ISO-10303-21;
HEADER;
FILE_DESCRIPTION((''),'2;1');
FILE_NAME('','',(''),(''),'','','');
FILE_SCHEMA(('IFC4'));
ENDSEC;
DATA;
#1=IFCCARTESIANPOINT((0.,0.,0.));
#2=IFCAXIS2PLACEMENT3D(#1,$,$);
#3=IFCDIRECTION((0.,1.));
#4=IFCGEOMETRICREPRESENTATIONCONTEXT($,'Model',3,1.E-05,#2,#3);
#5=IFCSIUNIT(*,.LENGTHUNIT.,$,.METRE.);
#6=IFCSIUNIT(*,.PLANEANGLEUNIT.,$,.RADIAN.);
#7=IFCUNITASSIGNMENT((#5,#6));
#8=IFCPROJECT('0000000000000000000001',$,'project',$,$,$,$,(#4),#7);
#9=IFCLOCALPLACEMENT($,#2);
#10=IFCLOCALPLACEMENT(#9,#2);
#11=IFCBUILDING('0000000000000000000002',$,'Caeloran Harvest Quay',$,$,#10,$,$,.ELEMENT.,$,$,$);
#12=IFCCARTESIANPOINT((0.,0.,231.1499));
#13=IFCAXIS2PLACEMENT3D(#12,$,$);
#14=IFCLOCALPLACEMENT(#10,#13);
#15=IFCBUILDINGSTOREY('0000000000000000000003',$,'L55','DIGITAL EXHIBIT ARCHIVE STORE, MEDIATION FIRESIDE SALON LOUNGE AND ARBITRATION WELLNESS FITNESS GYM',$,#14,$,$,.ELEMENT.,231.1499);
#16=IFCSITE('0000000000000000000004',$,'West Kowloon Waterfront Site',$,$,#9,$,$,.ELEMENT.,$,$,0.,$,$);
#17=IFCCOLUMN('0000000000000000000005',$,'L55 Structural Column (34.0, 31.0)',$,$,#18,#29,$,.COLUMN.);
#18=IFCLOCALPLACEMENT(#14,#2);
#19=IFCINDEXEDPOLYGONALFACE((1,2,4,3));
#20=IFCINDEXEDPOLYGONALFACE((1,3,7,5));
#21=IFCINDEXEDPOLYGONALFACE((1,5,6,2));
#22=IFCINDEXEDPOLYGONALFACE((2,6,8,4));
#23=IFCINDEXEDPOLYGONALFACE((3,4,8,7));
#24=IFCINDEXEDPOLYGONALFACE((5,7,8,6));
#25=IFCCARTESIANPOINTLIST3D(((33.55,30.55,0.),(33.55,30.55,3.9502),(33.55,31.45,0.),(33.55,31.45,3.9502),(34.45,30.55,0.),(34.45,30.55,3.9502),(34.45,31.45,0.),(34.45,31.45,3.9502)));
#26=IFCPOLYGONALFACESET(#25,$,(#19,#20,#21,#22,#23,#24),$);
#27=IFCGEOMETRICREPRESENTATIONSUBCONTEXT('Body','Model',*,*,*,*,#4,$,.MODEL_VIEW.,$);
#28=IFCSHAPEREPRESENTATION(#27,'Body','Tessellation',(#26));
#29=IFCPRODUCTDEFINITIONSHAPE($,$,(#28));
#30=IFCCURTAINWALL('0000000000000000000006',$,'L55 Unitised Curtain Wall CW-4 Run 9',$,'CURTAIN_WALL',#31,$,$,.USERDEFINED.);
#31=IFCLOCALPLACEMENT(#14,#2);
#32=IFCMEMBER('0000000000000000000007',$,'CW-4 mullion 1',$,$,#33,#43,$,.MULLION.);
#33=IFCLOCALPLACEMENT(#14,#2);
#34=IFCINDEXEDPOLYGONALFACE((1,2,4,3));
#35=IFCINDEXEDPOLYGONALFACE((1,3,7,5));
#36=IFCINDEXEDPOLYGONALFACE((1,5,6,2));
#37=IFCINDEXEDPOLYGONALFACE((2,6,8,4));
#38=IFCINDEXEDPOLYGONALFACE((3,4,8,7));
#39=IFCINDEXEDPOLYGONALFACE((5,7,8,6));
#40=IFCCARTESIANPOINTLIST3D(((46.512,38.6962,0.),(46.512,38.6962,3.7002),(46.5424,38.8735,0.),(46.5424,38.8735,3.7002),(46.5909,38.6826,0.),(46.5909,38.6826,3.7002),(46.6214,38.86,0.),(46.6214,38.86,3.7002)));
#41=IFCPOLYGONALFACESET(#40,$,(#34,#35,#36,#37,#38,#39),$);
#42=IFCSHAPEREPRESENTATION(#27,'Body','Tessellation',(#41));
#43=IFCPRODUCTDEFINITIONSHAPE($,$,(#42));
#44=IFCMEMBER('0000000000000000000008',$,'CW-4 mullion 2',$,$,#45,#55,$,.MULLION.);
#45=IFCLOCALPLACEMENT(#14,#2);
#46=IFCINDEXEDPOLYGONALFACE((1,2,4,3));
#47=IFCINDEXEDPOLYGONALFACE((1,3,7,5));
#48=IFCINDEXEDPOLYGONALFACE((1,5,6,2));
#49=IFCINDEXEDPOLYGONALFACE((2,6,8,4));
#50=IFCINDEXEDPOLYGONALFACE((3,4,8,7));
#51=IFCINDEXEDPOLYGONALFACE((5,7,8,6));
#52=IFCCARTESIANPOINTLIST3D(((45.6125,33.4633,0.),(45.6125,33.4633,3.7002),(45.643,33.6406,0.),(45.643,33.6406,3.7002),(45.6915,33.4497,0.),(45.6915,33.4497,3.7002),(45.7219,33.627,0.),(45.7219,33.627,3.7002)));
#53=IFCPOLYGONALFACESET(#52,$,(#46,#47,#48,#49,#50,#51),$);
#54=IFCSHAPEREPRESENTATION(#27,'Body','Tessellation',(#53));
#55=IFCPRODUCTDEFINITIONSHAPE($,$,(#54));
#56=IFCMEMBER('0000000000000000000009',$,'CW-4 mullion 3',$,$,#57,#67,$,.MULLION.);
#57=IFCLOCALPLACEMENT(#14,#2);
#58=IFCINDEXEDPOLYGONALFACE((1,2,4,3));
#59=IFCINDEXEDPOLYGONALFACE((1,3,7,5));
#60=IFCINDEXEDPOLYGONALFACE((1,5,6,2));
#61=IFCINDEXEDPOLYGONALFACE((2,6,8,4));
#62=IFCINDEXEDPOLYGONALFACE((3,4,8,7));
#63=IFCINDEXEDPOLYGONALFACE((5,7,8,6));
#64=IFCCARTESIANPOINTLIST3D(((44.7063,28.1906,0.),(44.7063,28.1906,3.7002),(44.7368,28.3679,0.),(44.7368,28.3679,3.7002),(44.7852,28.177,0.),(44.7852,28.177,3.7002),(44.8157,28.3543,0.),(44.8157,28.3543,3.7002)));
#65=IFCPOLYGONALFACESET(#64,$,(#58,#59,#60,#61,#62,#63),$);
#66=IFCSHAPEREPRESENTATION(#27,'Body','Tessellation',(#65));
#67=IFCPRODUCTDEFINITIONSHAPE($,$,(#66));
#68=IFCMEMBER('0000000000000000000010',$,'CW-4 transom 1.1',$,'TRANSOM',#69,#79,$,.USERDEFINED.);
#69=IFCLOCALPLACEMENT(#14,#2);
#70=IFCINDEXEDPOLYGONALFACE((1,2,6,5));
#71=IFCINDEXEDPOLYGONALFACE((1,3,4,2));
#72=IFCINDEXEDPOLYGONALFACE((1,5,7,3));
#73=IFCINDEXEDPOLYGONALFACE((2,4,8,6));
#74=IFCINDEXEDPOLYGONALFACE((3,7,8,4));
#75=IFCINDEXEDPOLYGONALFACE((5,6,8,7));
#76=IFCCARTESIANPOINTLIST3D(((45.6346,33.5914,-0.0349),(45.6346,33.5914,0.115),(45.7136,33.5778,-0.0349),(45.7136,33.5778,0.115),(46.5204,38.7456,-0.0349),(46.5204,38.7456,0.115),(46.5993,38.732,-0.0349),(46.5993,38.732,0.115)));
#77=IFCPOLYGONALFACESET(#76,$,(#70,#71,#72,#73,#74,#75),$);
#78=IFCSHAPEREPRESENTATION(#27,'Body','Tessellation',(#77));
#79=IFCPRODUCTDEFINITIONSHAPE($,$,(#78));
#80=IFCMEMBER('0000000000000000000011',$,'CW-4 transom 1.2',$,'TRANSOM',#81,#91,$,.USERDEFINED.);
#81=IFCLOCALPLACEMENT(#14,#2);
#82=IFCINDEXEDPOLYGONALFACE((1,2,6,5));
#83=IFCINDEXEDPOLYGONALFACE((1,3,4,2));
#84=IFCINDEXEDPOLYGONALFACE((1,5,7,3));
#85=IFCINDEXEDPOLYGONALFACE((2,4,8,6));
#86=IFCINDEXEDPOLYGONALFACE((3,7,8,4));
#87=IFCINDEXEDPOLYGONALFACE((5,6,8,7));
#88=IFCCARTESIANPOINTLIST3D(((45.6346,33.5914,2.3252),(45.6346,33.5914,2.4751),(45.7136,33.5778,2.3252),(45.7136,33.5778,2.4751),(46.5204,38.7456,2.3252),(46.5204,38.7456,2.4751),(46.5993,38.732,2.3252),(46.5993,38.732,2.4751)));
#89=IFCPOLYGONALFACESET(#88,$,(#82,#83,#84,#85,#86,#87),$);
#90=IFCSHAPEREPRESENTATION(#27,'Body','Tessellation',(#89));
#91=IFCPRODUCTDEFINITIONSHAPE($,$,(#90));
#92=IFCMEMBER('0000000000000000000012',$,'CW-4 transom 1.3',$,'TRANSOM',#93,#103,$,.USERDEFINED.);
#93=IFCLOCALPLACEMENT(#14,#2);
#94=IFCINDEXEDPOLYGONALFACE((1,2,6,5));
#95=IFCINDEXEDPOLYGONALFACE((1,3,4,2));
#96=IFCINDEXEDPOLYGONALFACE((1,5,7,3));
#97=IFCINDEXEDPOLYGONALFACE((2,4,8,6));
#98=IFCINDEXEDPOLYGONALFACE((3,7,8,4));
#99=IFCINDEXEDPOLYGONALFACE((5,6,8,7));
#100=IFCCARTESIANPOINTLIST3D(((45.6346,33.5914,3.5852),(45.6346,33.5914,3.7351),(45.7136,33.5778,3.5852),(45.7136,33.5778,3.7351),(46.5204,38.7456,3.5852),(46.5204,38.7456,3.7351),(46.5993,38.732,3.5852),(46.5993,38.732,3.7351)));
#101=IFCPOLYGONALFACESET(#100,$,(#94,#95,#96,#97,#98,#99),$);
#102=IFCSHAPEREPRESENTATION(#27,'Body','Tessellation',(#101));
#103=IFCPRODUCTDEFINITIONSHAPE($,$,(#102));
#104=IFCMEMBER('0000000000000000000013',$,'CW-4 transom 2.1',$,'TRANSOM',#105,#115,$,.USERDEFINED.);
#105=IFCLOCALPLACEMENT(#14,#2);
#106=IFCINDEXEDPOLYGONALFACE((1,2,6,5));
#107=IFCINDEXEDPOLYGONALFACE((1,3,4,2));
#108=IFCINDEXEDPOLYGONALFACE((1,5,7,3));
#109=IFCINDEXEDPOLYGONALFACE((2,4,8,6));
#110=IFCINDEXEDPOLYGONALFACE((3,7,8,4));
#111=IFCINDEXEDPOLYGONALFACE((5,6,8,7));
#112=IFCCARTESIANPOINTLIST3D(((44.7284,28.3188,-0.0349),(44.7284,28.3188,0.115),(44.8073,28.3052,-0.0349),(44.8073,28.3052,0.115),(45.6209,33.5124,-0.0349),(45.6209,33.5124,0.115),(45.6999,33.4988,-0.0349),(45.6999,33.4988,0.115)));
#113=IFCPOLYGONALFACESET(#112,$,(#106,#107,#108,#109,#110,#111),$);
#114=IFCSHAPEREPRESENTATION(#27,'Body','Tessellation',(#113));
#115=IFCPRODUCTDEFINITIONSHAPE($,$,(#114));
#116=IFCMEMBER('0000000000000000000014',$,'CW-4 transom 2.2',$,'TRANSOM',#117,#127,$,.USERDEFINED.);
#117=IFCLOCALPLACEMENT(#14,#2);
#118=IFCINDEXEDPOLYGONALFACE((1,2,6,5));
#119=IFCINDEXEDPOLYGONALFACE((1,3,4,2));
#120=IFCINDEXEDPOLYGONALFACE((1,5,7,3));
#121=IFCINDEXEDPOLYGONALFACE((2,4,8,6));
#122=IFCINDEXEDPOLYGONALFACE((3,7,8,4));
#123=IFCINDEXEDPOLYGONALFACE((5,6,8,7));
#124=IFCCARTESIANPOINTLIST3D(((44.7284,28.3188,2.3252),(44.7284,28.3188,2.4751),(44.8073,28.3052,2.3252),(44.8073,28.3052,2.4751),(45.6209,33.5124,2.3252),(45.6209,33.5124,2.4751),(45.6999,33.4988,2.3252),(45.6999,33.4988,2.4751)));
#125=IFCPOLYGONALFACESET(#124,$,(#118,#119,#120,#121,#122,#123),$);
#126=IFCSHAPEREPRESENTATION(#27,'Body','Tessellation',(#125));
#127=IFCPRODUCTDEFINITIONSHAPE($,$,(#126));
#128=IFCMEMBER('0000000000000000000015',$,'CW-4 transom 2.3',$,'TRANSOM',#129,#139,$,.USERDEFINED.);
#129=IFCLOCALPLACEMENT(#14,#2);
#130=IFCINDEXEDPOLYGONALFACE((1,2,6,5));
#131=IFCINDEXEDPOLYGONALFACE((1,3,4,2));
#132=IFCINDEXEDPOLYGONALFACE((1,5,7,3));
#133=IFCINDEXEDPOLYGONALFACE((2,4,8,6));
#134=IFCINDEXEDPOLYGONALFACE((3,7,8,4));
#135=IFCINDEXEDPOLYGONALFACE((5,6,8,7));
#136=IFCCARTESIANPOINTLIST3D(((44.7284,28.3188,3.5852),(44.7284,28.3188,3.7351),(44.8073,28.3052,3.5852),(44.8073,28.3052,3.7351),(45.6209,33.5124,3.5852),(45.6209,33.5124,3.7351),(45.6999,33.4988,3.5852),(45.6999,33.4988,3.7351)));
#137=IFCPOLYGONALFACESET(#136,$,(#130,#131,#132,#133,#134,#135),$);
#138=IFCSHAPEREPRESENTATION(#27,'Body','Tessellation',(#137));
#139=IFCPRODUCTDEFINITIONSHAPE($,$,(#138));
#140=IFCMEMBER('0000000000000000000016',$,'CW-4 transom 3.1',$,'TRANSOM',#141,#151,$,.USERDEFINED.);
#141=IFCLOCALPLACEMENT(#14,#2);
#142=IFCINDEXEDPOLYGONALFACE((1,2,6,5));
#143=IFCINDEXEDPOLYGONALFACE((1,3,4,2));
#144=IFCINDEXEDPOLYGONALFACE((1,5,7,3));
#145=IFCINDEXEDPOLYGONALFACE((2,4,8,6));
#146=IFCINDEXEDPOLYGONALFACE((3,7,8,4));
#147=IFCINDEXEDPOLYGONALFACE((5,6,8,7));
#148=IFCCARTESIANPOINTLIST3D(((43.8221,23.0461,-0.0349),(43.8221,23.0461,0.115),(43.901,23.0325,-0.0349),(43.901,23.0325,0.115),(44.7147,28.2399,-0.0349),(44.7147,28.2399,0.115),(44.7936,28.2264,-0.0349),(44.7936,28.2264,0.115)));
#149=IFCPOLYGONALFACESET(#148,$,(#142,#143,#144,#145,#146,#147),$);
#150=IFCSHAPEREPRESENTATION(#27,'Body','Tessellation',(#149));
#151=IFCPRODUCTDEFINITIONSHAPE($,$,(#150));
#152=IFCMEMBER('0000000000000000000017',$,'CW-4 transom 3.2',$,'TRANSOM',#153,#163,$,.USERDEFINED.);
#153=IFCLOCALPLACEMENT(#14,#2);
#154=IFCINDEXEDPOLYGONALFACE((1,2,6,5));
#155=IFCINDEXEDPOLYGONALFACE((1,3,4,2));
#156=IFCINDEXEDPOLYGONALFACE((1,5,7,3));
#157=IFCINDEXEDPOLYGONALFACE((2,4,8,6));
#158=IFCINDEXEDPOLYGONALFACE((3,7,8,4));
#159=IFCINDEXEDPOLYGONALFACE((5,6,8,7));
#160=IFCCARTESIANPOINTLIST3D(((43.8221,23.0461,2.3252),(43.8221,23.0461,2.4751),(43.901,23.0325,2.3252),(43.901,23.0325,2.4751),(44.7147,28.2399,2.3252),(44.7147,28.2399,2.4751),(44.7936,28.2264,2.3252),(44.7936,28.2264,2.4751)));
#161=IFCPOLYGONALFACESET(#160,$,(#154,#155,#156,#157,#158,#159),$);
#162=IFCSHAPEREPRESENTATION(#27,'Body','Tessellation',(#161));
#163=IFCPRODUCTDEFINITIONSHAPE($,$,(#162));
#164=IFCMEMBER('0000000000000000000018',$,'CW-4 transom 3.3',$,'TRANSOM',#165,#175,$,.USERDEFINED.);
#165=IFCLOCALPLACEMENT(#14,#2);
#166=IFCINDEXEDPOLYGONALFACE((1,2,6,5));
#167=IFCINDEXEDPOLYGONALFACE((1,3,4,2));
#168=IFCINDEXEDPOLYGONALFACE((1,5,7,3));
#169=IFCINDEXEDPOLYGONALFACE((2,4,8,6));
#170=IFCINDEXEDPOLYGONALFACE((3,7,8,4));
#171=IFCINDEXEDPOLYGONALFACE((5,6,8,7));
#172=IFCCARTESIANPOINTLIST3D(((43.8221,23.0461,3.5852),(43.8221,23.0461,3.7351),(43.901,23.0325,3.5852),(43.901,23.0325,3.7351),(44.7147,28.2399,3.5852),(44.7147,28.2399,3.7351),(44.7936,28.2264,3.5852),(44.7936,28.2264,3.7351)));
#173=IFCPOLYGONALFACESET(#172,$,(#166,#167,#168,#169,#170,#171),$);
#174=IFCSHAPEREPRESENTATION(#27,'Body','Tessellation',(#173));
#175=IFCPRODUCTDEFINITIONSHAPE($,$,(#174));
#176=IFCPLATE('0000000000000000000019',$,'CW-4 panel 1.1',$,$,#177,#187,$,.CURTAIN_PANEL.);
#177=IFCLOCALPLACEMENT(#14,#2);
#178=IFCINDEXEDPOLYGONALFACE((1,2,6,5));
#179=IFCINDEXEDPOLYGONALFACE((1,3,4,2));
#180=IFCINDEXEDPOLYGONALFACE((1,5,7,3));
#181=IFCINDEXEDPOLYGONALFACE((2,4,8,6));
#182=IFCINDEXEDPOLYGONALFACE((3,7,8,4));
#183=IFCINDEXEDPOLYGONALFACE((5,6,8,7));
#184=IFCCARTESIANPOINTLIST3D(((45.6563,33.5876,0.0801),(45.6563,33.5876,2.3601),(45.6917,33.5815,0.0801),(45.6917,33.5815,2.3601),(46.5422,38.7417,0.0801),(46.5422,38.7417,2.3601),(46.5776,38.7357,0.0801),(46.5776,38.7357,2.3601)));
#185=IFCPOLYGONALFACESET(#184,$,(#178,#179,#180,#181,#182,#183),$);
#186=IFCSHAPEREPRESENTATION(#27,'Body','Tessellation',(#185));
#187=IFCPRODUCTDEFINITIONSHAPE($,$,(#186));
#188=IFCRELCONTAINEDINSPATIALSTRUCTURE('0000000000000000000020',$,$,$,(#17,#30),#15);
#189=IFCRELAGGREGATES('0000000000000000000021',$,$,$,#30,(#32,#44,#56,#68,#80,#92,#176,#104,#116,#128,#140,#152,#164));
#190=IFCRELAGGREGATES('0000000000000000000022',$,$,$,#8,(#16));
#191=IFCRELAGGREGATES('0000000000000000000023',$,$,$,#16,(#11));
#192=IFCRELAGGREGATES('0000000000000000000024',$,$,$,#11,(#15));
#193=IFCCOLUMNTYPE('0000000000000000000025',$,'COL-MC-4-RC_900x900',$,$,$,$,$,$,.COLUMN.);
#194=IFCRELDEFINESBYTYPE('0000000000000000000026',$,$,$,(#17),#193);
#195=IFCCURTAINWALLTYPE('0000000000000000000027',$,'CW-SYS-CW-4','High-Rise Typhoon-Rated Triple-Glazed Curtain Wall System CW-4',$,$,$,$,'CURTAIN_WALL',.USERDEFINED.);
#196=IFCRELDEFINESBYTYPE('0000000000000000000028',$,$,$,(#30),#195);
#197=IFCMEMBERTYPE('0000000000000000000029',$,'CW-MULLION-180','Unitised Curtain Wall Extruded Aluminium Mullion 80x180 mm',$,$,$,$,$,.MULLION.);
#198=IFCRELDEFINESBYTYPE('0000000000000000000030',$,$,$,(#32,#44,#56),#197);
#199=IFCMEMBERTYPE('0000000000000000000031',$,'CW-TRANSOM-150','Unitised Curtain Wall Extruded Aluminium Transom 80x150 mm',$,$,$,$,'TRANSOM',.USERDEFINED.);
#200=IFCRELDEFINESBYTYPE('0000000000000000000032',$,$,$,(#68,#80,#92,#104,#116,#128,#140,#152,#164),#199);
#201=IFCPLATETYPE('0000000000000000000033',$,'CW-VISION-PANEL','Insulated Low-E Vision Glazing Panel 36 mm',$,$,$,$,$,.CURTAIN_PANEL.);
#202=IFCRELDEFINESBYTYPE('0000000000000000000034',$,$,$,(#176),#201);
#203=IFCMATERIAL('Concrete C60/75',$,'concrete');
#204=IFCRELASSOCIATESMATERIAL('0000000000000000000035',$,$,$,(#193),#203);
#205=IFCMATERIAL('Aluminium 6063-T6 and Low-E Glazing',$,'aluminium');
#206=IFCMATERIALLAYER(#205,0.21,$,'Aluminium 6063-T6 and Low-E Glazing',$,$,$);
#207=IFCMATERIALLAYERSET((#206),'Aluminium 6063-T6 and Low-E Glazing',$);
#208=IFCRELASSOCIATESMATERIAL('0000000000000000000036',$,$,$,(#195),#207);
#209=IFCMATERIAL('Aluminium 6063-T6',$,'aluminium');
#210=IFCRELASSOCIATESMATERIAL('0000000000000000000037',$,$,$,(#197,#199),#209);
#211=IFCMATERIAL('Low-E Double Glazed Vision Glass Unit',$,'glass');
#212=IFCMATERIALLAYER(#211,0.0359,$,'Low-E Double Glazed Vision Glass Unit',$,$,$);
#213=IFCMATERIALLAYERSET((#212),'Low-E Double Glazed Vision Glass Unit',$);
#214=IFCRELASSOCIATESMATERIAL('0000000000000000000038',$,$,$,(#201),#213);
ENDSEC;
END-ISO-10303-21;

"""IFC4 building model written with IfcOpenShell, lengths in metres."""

from ifc_helpers import new_model, si_unit, direction, frame, origin, origin_2d, place, context, subcontext, project, spatial, rectangle, extrude, material, layer, layer_set, material_profile, profile_set, type_object, element, aggregate, save


model = new_model("IFC4")

# Units and contexts
model_context = context("Model", 3, precision=1e-05, world=origin(), true_north=direction((0.0, 1.0)))
body_context = subcontext(model_context, "Body", "Model", "MODEL_VIEW")
ifc_project = project(units=[si_unit("LENGTHUNIT", "METRE"), si_unit("PLANEANGLEUNIT", "RADIAN")], contexts=[model_context])

# Site, building, storey
site_placement = place(None, origin())
site = spatial("IfcSite", under=ifc_project, at=site_placement, Name="West Kowloon Waterfront Site", CompositionType="ELEMENT", RefElevation=0.0)
building_placement = place(site_placement, origin())
building = spatial("IfcBuilding", under=site, at=building_placement, Name="Caeloran Harvest Quay", CompositionType="ELEMENT")
storey_placement = place(building_placement, frame((0.0, 0.0, 231.1499)))
storey = spatial("IfcBuildingStorey", under=building, at=storey_placement, Name="L55", Description="DIGITAL EXHIBIT ARCHIVE STORE, MEDIATION FIRESIDE SALON LOUNGE AND ARBITRATION WELLNESS FITNESS GYM", CompositionType="ELEMENT", Elevation=231.1499)

# Column
ifc_material_1 = material(Name="Concrete C60/75", Category="concrete")
ifc_material_profile_1 = material_profile(ifc_material_1, rectangle(XDim=0.8999, YDim=0.8999, at=origin_2d()), Name="RC 900x900")
ifc_profile_set_1 = profile_set([ifc_material_profile_1], Name="Concrete C60/75")
column_type = type_object("IfcColumnType", Name="COL-MC-4-RC_900x900", PredefinedType="COLUMN", material=ifc_profile_set_1)
column_placement = place(storey_placement, frame((34.0, 31.0, 0.0), z_axis=(0.0, 0.0, 1.0), x_axis=(1.0, 0.0, 0.0)))
element("IfcColumn", 1, at=column_placement, inside=storey, type_object=column_type, Name="L55 Structural Column (34.0, 31.0)", PredefinedType="COLUMN", context=body_context, shape_type="SweptSolid", body=[
    extrude(rectangle(XDim=0.8999, YDim=0.8999, at=origin_2d()), origin(), (0.0, 0.0, 1.0), 3.9502),
])

# Curtain wall, members, plate
ifc_material_2 = material(Name="Aluminium 6063-T6 and Low-E Glazing", Category="aluminium")
ifc_layer_1 = layer(ifc_material_2, 0.21, Name="Aluminium 6063-T6 and Low-E Glazing")
ifc_layer_set_1 = layer_set([ifc_layer_1], Name="Aluminium 6063-T6 and Low-E Glazing")
curtain_wall_type = type_object("IfcCurtainWallType", Name="CW-SYS-CW-4", Description="High-Rise Typhoon-Rated Triple-Glazed Curtain Wall System CW-4", ElementType="CURTAIN_WALL", PredefinedType="USERDEFINED", material=ifc_layer_set_1)
curtain_wall_placement = place(storey_placement, origin())
curtain_wall = element("IfcCurtainWall", 2, at=curtain_wall_placement, inside=storey, type_object=curtain_wall_type, Name="L55 Unitised Curtain Wall CW-4 Run 9", ObjectType="CURTAIN_WALL", PredefinedType="USERDEFINED")
ifc_material_3 = material(Name="Aluminium 6063-T6", Category="aluminium")
ifc_material_profile_2 = material_profile(ifc_material_3, rectangle(XDim=0.0801, YDim=0.1799, at=origin_2d()), Name="CW-MULLION-180")
ifc_profile_set_2 = profile_set([ifc_material_profile_2], Name="Aluminium 6063-T6")
member_type_1 = type_object("IfcMemberType", Name="CW-MULLION-180", Description="Unitised Curtain Wall Extruded Aluminium Mullion 80x180 mm", PredefinedType="MULLION", material=ifc_profile_set_2)
member_1_placement = place(storey_placement, frame((46.5667, 38.7781, 0.0), z_axis=(0.0, 0.0, 1.0), x_axis=(0.985549, -0.169391, 0.0)))
member_1 = element("IfcMember", 3, at=member_1_placement, type_object=member_type_1, Name="CW-4 mullion 1", PredefinedType="MULLION", context=body_context, shape_type="SweptSolid", body=[
    extrude(rectangle(XDim=0.0801, YDim=0.1799, at=origin_2d()), origin(), (0.0, 0.0, 1.0), 3.7002),
])
member_2_placement = place(storey_placement, frame((45.6672, 33.5452, 0.0), z_axis=(0.0, 0.0, 1.0), x_axis=(0.985549, -0.169391, 0.0)))
member_2 = element("IfcMember", 4, at=member_2_placement, type_object=member_type_1, Name="CW-4 mullion 2", PredefinedType="MULLION", context=body_context, shape_type="SweptSolid", body=[
    extrude(rectangle(XDim=0.0801, YDim=0.1799, at=origin_2d()), origin(), (0.0, 0.0, 1.0), 3.7002),
])
member_3_placement = place(storey_placement, frame((44.761, 28.2725, 0.0), z_axis=(0.0, 0.0, 1.0), x_axis=(0.985549, -0.169391, 0.0)))
member_3 = element("IfcMember", 5, at=member_3_placement, type_object=member_type_1, Name="CW-4 mullion 3", PredefinedType="MULLION", context=body_context, shape_type="SweptSolid", body=[
    extrude(rectangle(XDim=0.0801, YDim=0.1799, at=origin_2d()), origin(), (0.0, 0.0, 1.0), 3.7002),
])
ifc_material_profile_3 = material_profile(ifc_material_3, rectangle(XDim=0.0801, YDim=0.1499, at=origin_2d()), Name="CW-TRANSOM-150")
ifc_profile_set_3 = profile_set([ifc_material_profile_3], Name="Aluminium 6063-T6")
member_type_2 = type_object("IfcMemberType", Name="CW-TRANSOM-150", Description="Unitised Curtain Wall Extruded Aluminium Transom 80x150 mm", ElementType="TRANSOM", PredefinedType="USERDEFINED", material=ifc_profile_set_3)
member_4_placement = place(storey_placement, frame((46.5598, 38.7388, 0.04), z_axis=(-0.169363, -0.985554, 0.0), x_axis=(0.985554, -0.169363, 0.0)))
member_4 = element("IfcMember", 6, at=member_4_placement, type_object=member_type_2, Name="CW-4 transom 1.1", ObjectType="TRANSOM", PredefinedType="USERDEFINED", context=body_context, shape_type="SweptSolid", body=[
    extrude(rectangle(XDim=0.0801, YDim=0.1499, at=origin_2d()), origin(), (0.0, 0.0, 1.0), 5.2297),
])
member_5_placement = place(storey_placement, frame((46.5598, 38.7388, 2.4001), z_axis=(-0.169363, -0.985554, 0.0), x_axis=(0.985554, -0.169363, 0.0)))
member_5 = element("IfcMember", 7, at=member_5_placement, type_object=member_type_2, Name="CW-4 transom 1.2", ObjectType="TRANSOM", PredefinedType="USERDEFINED", context=body_context, shape_type="SweptSolid", body=[
    extrude(rectangle(XDim=0.0801, YDim=0.1499, at=origin_2d()), origin(), (0.0, 0.0, 1.0), 5.2297),
])
member_6_placement = place(storey_placement, frame((46.5598, 38.7388, 3.6602), z_axis=(-0.169363, -0.985554, 0.0), x_axis=(0.985554, -0.169363, 0.0)))
member_6 = element("IfcMember", 8, at=member_6_placement, type_object=member_type_2, Name="CW-4 transom 1.3", ObjectType="TRANSOM", PredefinedType="USERDEFINED", context=body_context, shape_type="SweptSolid", body=[
    extrude(rectangle(XDim=0.0801, YDim=0.1499, at=origin_2d()), origin(), (0.0, 0.0, 1.0), 5.2297),
])
member_7_placement = place(storey_placement, frame((45.6604, 33.5056, 0.04), z_axis=(-0.169378, -0.985551, 0.0), x_axis=(0.985551, -0.169378, 0.0)))
member_7 = element("IfcMember", 9, at=member_7_placement, type_object=member_type_2, Name="CW-4 transom 2.1", ObjectType="TRANSOM", PredefinedType="USERDEFINED", context=body_context, shape_type="SweptSolid", body=[
    extrude(rectangle(XDim=0.0801, YDim=0.1499, at=origin_2d()), origin(), (0.0, 0.0, 1.0), 5.2698),
])
member_8_placement = place(storey_placement, frame((45.6604, 33.5056, 2.4001), z_axis=(-0.169378, -0.985551, 0.0), x_axis=(0.985551, -0.169378, 0.0)))
member_8 = element("IfcMember", 10, at=member_8_placement, type_object=member_type_2, Name="CW-4 transom 2.2", ObjectType="TRANSOM", PredefinedType="USERDEFINED", context=body_context, shape_type="SweptSolid", body=[
    extrude(rectangle(XDim=0.0801, YDim=0.1499, at=origin_2d()), origin(), (0.0, 0.0, 1.0), 5.2698),
])
member_9_placement = place(storey_placement, frame((45.6604, 33.5056, 3.6602), z_axis=(-0.169378, -0.985551, 0.0), x_axis=(0.985551, -0.169378, 0.0)))
member_9 = element("IfcMember", 11, at=member_9_placement, type_object=member_type_2, Name="CW-4 transom 2.3", ObjectType="TRANSOM", PredefinedType="USERDEFINED", context=body_context, shape_type="SweptSolid", body=[
    extrude(rectangle(XDim=0.0801, YDim=0.1499, at=origin_2d()), origin(), (0.0, 0.0, 1.0), 5.2698),
])
member_10_placement = place(storey_placement, frame((44.7542, 28.2332, 0.04), z_axis=(-0.16937, -0.985553, 0.0), x_axis=(0.985553, -0.16937, 0.0)))
member_10 = element("IfcMember", 12, at=member_10_placement, type_object=member_type_2, Name="CW-4 transom 3.1", ObjectType="TRANSOM", PredefinedType="USERDEFINED", context=body_context, shape_type="SweptSolid", body=[
    extrude(rectangle(XDim=0.0801, YDim=0.1499, at=origin_2d()), origin(), (0.0, 0.0, 1.0), 5.27),
])
member_11_placement = place(storey_placement, frame((44.7542, 28.2332, 2.4001), z_axis=(-0.16937, -0.985553, 0.0), x_axis=(0.985553, -0.16937, 0.0)))
member_11 = element("IfcMember", 13, at=member_11_placement, type_object=member_type_2, Name="CW-4 transom 3.2", ObjectType="TRANSOM", PredefinedType="USERDEFINED", context=body_context, shape_type="SweptSolid", body=[
    extrude(rectangle(XDim=0.0801, YDim=0.1499, at=origin_2d()), origin(), (0.0, 0.0, 1.0), 5.27),
])
member_12_placement = place(storey_placement, frame((44.7542, 28.2332, 3.6602), z_axis=(-0.16937, -0.985553, 0.0), x_axis=(0.985553, -0.16937, 0.0)))
member_12 = element("IfcMember", 14, at=member_12_placement, type_object=member_type_2, Name="CW-4 transom 3.3", ObjectType="TRANSOM", PredefinedType="USERDEFINED", context=body_context, shape_type="SweptSolid", body=[
    extrude(rectangle(XDim=0.0801, YDim=0.1499, at=origin_2d()), origin(), (0.0, 0.0, 1.0), 5.27),
])
ifc_material_4 = material(Name="Low-E Double Glazed Vision Glass Unit", Category="glass")
ifc_layer_2 = layer(ifc_material_4, 0.0359, Name="Low-E Double Glazed Vision Glass Unit")
ifc_layer_set_2 = layer_set([ifc_layer_2], Name="Low-E Double Glazed Vision Glass Unit")
plate_type = type_object("IfcPlateType", Name="CW-VISION-PANEL", Description="Insulated Low-E Vision Glazing Panel 36 mm", PredefinedType="CURTAIN_PANEL", material=ifc_layer_set_2)
plate_1_placement = place(storey_placement, frame((46.1169, 36.1616, 0.0801), z_axis=(0.0, 0.0, 1.0), x_axis=(-0.169391, -0.985549, 0.0)))
plate_1 = element("IfcPlate", 15, at=plate_1_placement, type_object=plate_type, Name="CW-4 panel 1.1", PredefinedType="CURTAIN_PANEL", context=body_context, shape_type="SweptSolid", body=[
    extrude(rectangle(XDim=5.2297, YDim=0.0359, at=origin_2d()), origin(), (0.0, 0.0, 1.0), 2.28),
])
aggregate(curtain_wall, [member_1, member_2, member_3, member_4, member_5, member_6, plate_1, member_7, member_8, member_9, member_10, member_11, member_12])

save(model, "model.ifc")
